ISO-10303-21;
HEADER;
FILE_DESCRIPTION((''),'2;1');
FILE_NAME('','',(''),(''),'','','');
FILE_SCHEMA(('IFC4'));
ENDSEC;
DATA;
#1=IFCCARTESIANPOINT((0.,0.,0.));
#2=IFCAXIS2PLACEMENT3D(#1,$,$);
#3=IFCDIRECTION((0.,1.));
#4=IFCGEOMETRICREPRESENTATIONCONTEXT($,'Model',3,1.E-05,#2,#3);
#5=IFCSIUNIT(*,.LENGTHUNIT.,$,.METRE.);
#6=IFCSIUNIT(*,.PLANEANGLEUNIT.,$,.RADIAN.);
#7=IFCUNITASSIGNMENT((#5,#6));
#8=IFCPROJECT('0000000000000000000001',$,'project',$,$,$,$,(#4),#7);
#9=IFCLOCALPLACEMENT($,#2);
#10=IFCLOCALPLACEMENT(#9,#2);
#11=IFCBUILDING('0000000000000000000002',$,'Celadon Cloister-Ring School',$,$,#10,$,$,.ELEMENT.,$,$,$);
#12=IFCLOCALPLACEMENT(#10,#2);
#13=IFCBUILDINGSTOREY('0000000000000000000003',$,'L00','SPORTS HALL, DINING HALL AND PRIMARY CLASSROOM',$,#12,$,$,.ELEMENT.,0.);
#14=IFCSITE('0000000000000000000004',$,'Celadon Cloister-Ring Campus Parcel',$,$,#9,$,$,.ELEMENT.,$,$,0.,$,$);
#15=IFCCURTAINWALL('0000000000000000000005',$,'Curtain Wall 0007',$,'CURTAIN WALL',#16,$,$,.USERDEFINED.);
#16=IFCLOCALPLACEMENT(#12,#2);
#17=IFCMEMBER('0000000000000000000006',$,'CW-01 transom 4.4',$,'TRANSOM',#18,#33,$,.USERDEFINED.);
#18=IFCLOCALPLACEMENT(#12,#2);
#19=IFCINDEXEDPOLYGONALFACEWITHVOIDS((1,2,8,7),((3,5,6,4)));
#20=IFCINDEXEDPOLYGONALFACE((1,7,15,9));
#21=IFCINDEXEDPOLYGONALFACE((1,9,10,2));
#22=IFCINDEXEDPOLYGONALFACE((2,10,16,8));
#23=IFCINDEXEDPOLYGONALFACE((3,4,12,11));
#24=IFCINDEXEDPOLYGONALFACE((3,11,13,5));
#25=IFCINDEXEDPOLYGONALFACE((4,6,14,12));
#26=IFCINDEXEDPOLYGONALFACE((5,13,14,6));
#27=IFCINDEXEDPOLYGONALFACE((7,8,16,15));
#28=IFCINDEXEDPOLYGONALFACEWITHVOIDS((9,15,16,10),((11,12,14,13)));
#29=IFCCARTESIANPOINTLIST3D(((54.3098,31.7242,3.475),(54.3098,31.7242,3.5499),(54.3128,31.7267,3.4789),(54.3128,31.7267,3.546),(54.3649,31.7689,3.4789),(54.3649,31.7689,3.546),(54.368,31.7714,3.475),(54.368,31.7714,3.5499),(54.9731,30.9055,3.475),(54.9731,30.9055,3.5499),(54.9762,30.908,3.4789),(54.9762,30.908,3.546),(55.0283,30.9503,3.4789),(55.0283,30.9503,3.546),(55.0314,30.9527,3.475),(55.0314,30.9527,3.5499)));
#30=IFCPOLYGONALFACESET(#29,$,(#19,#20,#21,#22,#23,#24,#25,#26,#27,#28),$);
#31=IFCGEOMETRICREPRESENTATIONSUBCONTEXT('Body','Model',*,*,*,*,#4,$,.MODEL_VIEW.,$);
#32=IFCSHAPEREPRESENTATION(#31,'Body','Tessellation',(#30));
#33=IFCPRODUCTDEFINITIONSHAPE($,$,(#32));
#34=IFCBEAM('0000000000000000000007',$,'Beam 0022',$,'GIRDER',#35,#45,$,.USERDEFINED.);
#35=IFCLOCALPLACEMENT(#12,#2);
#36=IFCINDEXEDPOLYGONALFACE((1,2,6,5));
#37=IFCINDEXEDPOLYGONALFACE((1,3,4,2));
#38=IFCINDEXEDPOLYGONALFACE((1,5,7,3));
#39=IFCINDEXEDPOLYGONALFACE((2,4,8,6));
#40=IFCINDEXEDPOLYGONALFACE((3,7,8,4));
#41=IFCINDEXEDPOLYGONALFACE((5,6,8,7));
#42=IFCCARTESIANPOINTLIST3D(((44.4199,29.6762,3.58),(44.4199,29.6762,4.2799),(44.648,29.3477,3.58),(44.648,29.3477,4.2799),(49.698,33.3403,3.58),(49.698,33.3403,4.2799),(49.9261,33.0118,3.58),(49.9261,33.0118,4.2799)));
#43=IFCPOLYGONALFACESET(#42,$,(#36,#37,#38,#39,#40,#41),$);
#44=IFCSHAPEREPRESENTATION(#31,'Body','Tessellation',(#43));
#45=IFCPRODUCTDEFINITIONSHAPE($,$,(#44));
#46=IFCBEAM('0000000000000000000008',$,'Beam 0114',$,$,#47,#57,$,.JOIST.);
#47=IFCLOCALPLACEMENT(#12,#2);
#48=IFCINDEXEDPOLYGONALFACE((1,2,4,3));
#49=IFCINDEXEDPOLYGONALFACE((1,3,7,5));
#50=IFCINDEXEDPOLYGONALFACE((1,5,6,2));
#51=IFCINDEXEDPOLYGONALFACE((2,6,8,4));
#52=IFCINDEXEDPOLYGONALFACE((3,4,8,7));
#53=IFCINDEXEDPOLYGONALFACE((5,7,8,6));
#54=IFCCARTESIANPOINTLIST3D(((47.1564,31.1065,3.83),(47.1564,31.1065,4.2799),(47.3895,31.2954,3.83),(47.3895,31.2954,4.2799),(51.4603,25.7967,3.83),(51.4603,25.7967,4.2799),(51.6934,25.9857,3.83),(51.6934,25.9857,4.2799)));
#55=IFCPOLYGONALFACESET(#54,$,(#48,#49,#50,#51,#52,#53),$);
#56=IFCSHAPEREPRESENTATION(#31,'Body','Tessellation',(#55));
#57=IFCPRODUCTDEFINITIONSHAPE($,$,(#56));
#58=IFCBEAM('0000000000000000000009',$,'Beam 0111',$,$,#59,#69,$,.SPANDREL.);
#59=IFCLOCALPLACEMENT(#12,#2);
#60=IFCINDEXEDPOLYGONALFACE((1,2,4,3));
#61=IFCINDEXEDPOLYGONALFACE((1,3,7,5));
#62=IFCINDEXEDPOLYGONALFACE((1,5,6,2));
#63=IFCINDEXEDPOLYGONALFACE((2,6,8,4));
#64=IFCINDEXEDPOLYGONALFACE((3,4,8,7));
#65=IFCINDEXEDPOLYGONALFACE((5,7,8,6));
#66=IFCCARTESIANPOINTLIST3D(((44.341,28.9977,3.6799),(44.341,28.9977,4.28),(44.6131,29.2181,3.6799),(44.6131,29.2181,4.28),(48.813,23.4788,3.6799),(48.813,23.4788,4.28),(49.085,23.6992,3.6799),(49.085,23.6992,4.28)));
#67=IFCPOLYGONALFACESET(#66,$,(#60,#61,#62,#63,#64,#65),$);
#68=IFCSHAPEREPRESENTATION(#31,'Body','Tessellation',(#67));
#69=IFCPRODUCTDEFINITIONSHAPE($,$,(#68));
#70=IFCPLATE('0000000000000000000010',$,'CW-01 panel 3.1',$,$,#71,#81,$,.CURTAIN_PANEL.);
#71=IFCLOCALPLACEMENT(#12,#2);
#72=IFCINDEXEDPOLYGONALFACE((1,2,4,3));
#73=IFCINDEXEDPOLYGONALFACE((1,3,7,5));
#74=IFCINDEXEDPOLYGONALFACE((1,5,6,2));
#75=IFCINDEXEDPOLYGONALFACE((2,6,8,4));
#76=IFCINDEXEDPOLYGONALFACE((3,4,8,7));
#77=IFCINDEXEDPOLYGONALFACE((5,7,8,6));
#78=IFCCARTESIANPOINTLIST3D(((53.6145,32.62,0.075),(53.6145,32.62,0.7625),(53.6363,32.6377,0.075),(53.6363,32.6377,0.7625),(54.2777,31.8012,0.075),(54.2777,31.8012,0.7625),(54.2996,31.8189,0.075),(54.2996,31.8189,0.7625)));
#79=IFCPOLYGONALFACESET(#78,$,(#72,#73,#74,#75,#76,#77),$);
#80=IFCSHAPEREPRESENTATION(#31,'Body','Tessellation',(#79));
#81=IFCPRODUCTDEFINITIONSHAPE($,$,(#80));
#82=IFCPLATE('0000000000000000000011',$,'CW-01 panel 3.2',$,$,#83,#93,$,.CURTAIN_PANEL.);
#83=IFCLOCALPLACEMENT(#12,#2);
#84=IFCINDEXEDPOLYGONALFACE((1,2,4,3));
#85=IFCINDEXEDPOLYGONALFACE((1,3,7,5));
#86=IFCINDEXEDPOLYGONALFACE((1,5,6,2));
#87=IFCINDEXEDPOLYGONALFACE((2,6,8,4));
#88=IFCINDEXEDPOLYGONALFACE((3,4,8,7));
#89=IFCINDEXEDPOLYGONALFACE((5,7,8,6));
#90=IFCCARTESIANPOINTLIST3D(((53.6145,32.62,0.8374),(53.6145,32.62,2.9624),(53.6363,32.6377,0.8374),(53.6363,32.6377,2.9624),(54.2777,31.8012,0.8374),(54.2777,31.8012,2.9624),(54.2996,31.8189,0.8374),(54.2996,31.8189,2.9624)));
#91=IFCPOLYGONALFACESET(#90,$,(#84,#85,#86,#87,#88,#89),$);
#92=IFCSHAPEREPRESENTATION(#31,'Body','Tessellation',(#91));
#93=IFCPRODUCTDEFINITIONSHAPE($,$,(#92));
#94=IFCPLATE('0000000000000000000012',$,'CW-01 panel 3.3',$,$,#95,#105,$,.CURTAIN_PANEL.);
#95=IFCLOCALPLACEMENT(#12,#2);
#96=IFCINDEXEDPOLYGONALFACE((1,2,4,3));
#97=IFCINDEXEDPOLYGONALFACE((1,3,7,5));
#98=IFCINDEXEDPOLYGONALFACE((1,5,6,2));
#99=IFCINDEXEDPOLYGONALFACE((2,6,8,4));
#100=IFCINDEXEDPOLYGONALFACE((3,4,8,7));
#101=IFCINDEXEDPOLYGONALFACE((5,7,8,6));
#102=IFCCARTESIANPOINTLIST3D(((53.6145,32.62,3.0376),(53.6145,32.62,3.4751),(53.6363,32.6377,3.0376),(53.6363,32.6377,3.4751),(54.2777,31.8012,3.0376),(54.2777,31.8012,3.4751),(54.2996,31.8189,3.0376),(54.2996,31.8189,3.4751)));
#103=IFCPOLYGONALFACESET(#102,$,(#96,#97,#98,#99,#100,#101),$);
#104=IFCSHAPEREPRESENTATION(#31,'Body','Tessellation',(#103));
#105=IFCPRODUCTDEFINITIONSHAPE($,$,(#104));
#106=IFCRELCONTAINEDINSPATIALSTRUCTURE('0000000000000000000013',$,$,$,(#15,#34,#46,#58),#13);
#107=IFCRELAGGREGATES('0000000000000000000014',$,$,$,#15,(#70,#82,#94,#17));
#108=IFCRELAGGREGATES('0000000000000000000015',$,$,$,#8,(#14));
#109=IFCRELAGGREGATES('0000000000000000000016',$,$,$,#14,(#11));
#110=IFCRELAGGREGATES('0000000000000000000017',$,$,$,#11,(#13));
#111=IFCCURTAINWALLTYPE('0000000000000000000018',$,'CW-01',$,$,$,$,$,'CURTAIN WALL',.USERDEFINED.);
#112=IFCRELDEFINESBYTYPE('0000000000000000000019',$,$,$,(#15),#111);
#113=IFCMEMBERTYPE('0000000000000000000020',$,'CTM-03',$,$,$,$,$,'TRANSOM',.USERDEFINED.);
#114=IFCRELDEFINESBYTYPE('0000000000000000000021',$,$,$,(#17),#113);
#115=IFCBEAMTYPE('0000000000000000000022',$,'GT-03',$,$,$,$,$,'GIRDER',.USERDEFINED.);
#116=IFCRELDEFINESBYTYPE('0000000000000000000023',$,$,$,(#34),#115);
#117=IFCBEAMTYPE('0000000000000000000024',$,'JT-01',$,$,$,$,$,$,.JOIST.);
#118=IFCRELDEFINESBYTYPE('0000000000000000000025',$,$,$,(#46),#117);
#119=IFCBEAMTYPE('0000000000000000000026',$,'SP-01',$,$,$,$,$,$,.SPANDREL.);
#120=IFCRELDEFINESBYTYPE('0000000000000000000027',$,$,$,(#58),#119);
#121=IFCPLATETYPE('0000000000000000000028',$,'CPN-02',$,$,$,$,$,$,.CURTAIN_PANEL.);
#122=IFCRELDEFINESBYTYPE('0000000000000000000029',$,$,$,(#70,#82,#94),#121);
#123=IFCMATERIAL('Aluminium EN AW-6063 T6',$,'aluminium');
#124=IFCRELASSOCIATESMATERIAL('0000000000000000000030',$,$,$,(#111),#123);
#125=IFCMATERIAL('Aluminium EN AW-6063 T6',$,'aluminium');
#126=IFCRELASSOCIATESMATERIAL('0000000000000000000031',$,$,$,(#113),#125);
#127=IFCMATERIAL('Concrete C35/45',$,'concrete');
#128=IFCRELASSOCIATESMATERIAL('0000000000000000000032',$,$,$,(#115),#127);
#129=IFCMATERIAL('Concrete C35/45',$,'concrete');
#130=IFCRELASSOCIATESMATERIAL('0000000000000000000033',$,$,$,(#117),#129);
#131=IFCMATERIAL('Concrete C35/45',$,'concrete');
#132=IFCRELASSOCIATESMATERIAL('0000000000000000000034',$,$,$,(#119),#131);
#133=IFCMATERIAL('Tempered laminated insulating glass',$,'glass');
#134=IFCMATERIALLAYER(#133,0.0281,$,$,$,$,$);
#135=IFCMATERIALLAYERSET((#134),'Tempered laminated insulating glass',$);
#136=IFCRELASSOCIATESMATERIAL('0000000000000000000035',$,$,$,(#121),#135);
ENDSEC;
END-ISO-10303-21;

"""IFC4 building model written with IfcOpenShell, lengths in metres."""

from ifc_helpers import new_model, si_unit, direction, frame, origin, origin_2d, place, context, subcontext, project, spatial, rectangle, hollow_rectangle, extrude, material, layer, layer_set, material_profile, profile_set, type_object, element, aggregate, save


model = new_model("IFC4")

# Units and contexts
model_context = context("Model", 3, precision=1e-05, world=origin(), true_north=direction((0.0, 1.0)))
body_context = subcontext(model_context, "Body", "Model", "MODEL_VIEW")
ifc_project = project(units=[si_unit("LENGTHUNIT", "METRE"), si_unit("PLANEANGLEUNIT", "RADIAN")], contexts=[model_context])

# Site, building, storey
site_placement = place(None, origin())
site = spatial("IfcSite", under=ifc_project, at=site_placement, Name="Celadon Cloister-Ring Campus Parcel", CompositionType="ELEMENT", RefElevation=0.0)
building_placement = place(site_placement, origin())
building = spatial("IfcBuilding", under=site, at=building_placement, Name="Celadon Cloister-Ring School", CompositionType="ELEMENT")
storey_placement = place(building_placement, origin())
storey = spatial("IfcBuildingStorey", under=building, at=storey_placement, Name="L00", Description="SPORTS HALL, DINING HALL AND PRIMARY CLASSROOM", CompositionType="ELEMENT", Elevation=0.0)

# Curtain wall, member
ifc_material_1 = material(Name="Aluminium EN AW-6063 T6", Category="aluminium")
curtain_wall_type = type_object("IfcCurtainWallType", Name="CW-01", ElementType="CURTAIN WALL", PredefinedType="USERDEFINED", material=ifc_material_1)
curtain_wall_placement = place(storey_placement, origin())
curtain_wall = element("IfcCurtainWall", 1, at=curtain_wall_placement, inside=storey, type_object=curtain_wall_type, Name="Curtain Wall 0007", ObjectType="CURTAIN WALL", PredefinedType="USERDEFINED")
ifc_material_2 = material(Name="Aluminium EN AW-6063 T6", Category="aluminium")
ifc_material_profile_1 = material_profile(ifc_material_2, hollow_rectangle(XDim=0.075, YDim=0.075, WallThickness=0.0039, at=origin_2d()), Name="RHS75X75X4")
ifc_profile_set_1 = profile_set([ifc_material_profile_1], Name="Aluminium EN AW-6063 T6")
member_type_1 = type_object("IfcMemberType", Name="CTM-03", ElementType="TRANSOM", PredefinedType="USERDEFINED", material=ifc_profile_set_1)
member_1_placement = place(storey_placement, frame((54.3389, 31.7478, 3.5125), z_axis=(0.629571, -0.776943, 0.0), x_axis=(0.776943, 0.629571, 0.0)))
member_1 = element("IfcMember", 2, at=member_1_placement, type_object=member_type_1, Name="CW-01 transom 4.4", ObjectType="TRANSOM", PredefinedType="USERDEFINED", context=body_context, shape_type="SweptSolid", body=[
    extrude(hollow_rectangle(XDim=0.075, YDim=0.075, WallThickness=0.0039, at=origin_2d()), origin(), (0.0, 0.0, 1.0), 1.0537),
])

# Beams
ifc_material_3 = material(Name="Concrete C35/45", Category="concrete")
ifc_material_profile_2 = material_profile(ifc_material_3, rectangle(XDim=0.3999, YDim=0.7, at=origin_2d()), Name="RC400X700")
ifc_profile_set_2 = profile_set([ifc_material_profile_2], Name="Concrete C35/45")
beam_type_1 = type_object("IfcBeamType", Name="GT-03", ElementType="GIRDER", PredefinedType="USERDEFINED", material=ifc_profile_set_2)
beam_1_placement = place(storey_placement, frame((44.5339, 29.512, 3.9299), z_axis=(0.821462, 0.570263, 0.0), x_axis=(-0.570263, 0.821462, 0.0)))
element("IfcBeam", 3, at=beam_1_placement, inside=storey, type_object=beam_type_1, Name="Beam 0022", ObjectType="GIRDER", PredefinedType="USERDEFINED", context=body_context, shape_type="SweptSolid", body=[
    extrude(rectangle(XDim=0.3999, YDim=0.7, at=origin_2d()), origin(), (0.0, 0.0, 1.0), 6.4253),
])
ifc_material_4 = material(Name="Concrete C35/45", Category="concrete")
ifc_material_profile_3 = material_profile(ifc_material_4, rectangle(XDim=0.3, YDim=0.45, at=origin_2d()), Name="RC300X450")
ifc_profile_set_3 = profile_set([ifc_material_profile_3], Name="Concrete C35/45")
beam_type_2 = type_object("IfcBeamType", Name="JT-01", PredefinedType="JOIST", material=ifc_profile_set_3)
beam_2_placement = place(storey_placement, frame((47.2729, 31.2009, 4.0549), z_axis=(0.629687, -0.776849, 0.0), x_axis=(0.776849, 0.629687, 0.0)))
element("IfcBeam", 4, at=beam_2_placement, inside=storey, type_object=beam_type_2, Name="Beam 0114", PredefinedType="JOIST", context=body_context, shape_type="SweptSolid", body=[
    extrude(rectangle(XDim=0.3, YDim=0.45, at=origin_2d()), origin(), (0.0, 0.0, 1.0), 6.835),
])
ifc_material_5 = material(Name="Concrete C35/45", Category="concrete")
ifc_material_profile_4 = material_profile(ifc_material_5, rectangle(XDim=0.3501, YDim=0.6001, at=origin_2d()), Name="RC350X600")
ifc_profile_set_4 = profile_set([ifc_material_profile_4], Name="Concrete C35/45")
beam_type_3 = type_object("IfcBeamType", Name="SP-01", PredefinedType="SPANDREL", material=ifc_profile_set_4)
beam_3_placement = place(storey_placement, frame((44.4771, 29.1079, 3.98), z_axis=(0.629566, -0.776947, 0.0), x_axis=(0.776947, 0.629566, 0.0)))
element("IfcBeam", 5, at=beam_3_placement, inside=storey, type_object=beam_type_3, Name="Beam 0111", PredefinedType="SPANDREL", context=body_context, shape_type="SweptSolid", body=[
    extrude(rectangle(XDim=0.3501, YDim=0.6001, at=origin_2d()), origin(), (0.0, 0.0, 1.0), 7.1033),
])

# Plates
ifc_material_6 = material(Name="Tempered laminated insulating glass", Category="glass")
ifc_layer_1 = layer(ifc_material_6, 0.0281)
ifc_layer_set_1 = layer_set([ifc_layer_1], Name="Tempered laminated insulating glass")
plate_type = type_object("IfcPlateType", Name="CPN-02", PredefinedType="CURTAIN_PANEL", material=ifc_layer_set_1)
plate_1_placement = place(storey_placement, frame((53.957, 32.2195, 0.075), z_axis=(0.0, 0.0, 1.0), x_axis=(0.629416, -0.777068, 0.0)))
plate_1 = element("IfcPlate", 6, at=plate_1_placement, type_object=plate_type, Name="CW-01 panel 3.1", PredefinedType="CURTAIN_PANEL", context=body_context, shape_type="SweptSolid", body=[
    extrude(rectangle(XDim=1.0537, YDim=0.0281, at=origin_2d()), origin(), (0.0, 0.0, 1.0), 0.6875),
])
plate_2_placement = place(storey_placement, frame((53.957, 32.2195, 0.8374), z_axis=(0.0, 0.0, 1.0), x_axis=(0.629416, -0.777068, 0.0)))
plate_2 = element("IfcPlate", 7, at=plate_2_placement, type_object=plate_type, Name="CW-01 panel 3.2", PredefinedType="CURTAIN_PANEL", context=body_context, shape_type="SweptSolid", body=[
    extrude(rectangle(XDim=1.0537, YDim=0.0281, at=origin_2d()), origin(), (0.0, 0.0, 1.0), 2.125),
])
plate_3_placement = place(storey_placement, frame((53.957, 32.2195, 3.0376), z_axis=(0.0, 0.0, 1.0), x_axis=(0.629416, -0.777068, 0.0)))
plate_3 = element("IfcPlate", 8, at=plate_3_placement, type_object=plate_type, Name="CW-01 panel 3.3", PredefinedType="CURTAIN_PANEL", context=body_context, shape_type="SweptSolid", body=[
    extrude(rectangle(XDim=1.0537, YDim=0.0281, at=origin_2d()), origin(), (0.0, 0.0, 1.0), 0.4375),
])
aggregate(curtain_wall, [plate_1, plate_2, plate_3, member_1])

save(model, "model.ifc")
